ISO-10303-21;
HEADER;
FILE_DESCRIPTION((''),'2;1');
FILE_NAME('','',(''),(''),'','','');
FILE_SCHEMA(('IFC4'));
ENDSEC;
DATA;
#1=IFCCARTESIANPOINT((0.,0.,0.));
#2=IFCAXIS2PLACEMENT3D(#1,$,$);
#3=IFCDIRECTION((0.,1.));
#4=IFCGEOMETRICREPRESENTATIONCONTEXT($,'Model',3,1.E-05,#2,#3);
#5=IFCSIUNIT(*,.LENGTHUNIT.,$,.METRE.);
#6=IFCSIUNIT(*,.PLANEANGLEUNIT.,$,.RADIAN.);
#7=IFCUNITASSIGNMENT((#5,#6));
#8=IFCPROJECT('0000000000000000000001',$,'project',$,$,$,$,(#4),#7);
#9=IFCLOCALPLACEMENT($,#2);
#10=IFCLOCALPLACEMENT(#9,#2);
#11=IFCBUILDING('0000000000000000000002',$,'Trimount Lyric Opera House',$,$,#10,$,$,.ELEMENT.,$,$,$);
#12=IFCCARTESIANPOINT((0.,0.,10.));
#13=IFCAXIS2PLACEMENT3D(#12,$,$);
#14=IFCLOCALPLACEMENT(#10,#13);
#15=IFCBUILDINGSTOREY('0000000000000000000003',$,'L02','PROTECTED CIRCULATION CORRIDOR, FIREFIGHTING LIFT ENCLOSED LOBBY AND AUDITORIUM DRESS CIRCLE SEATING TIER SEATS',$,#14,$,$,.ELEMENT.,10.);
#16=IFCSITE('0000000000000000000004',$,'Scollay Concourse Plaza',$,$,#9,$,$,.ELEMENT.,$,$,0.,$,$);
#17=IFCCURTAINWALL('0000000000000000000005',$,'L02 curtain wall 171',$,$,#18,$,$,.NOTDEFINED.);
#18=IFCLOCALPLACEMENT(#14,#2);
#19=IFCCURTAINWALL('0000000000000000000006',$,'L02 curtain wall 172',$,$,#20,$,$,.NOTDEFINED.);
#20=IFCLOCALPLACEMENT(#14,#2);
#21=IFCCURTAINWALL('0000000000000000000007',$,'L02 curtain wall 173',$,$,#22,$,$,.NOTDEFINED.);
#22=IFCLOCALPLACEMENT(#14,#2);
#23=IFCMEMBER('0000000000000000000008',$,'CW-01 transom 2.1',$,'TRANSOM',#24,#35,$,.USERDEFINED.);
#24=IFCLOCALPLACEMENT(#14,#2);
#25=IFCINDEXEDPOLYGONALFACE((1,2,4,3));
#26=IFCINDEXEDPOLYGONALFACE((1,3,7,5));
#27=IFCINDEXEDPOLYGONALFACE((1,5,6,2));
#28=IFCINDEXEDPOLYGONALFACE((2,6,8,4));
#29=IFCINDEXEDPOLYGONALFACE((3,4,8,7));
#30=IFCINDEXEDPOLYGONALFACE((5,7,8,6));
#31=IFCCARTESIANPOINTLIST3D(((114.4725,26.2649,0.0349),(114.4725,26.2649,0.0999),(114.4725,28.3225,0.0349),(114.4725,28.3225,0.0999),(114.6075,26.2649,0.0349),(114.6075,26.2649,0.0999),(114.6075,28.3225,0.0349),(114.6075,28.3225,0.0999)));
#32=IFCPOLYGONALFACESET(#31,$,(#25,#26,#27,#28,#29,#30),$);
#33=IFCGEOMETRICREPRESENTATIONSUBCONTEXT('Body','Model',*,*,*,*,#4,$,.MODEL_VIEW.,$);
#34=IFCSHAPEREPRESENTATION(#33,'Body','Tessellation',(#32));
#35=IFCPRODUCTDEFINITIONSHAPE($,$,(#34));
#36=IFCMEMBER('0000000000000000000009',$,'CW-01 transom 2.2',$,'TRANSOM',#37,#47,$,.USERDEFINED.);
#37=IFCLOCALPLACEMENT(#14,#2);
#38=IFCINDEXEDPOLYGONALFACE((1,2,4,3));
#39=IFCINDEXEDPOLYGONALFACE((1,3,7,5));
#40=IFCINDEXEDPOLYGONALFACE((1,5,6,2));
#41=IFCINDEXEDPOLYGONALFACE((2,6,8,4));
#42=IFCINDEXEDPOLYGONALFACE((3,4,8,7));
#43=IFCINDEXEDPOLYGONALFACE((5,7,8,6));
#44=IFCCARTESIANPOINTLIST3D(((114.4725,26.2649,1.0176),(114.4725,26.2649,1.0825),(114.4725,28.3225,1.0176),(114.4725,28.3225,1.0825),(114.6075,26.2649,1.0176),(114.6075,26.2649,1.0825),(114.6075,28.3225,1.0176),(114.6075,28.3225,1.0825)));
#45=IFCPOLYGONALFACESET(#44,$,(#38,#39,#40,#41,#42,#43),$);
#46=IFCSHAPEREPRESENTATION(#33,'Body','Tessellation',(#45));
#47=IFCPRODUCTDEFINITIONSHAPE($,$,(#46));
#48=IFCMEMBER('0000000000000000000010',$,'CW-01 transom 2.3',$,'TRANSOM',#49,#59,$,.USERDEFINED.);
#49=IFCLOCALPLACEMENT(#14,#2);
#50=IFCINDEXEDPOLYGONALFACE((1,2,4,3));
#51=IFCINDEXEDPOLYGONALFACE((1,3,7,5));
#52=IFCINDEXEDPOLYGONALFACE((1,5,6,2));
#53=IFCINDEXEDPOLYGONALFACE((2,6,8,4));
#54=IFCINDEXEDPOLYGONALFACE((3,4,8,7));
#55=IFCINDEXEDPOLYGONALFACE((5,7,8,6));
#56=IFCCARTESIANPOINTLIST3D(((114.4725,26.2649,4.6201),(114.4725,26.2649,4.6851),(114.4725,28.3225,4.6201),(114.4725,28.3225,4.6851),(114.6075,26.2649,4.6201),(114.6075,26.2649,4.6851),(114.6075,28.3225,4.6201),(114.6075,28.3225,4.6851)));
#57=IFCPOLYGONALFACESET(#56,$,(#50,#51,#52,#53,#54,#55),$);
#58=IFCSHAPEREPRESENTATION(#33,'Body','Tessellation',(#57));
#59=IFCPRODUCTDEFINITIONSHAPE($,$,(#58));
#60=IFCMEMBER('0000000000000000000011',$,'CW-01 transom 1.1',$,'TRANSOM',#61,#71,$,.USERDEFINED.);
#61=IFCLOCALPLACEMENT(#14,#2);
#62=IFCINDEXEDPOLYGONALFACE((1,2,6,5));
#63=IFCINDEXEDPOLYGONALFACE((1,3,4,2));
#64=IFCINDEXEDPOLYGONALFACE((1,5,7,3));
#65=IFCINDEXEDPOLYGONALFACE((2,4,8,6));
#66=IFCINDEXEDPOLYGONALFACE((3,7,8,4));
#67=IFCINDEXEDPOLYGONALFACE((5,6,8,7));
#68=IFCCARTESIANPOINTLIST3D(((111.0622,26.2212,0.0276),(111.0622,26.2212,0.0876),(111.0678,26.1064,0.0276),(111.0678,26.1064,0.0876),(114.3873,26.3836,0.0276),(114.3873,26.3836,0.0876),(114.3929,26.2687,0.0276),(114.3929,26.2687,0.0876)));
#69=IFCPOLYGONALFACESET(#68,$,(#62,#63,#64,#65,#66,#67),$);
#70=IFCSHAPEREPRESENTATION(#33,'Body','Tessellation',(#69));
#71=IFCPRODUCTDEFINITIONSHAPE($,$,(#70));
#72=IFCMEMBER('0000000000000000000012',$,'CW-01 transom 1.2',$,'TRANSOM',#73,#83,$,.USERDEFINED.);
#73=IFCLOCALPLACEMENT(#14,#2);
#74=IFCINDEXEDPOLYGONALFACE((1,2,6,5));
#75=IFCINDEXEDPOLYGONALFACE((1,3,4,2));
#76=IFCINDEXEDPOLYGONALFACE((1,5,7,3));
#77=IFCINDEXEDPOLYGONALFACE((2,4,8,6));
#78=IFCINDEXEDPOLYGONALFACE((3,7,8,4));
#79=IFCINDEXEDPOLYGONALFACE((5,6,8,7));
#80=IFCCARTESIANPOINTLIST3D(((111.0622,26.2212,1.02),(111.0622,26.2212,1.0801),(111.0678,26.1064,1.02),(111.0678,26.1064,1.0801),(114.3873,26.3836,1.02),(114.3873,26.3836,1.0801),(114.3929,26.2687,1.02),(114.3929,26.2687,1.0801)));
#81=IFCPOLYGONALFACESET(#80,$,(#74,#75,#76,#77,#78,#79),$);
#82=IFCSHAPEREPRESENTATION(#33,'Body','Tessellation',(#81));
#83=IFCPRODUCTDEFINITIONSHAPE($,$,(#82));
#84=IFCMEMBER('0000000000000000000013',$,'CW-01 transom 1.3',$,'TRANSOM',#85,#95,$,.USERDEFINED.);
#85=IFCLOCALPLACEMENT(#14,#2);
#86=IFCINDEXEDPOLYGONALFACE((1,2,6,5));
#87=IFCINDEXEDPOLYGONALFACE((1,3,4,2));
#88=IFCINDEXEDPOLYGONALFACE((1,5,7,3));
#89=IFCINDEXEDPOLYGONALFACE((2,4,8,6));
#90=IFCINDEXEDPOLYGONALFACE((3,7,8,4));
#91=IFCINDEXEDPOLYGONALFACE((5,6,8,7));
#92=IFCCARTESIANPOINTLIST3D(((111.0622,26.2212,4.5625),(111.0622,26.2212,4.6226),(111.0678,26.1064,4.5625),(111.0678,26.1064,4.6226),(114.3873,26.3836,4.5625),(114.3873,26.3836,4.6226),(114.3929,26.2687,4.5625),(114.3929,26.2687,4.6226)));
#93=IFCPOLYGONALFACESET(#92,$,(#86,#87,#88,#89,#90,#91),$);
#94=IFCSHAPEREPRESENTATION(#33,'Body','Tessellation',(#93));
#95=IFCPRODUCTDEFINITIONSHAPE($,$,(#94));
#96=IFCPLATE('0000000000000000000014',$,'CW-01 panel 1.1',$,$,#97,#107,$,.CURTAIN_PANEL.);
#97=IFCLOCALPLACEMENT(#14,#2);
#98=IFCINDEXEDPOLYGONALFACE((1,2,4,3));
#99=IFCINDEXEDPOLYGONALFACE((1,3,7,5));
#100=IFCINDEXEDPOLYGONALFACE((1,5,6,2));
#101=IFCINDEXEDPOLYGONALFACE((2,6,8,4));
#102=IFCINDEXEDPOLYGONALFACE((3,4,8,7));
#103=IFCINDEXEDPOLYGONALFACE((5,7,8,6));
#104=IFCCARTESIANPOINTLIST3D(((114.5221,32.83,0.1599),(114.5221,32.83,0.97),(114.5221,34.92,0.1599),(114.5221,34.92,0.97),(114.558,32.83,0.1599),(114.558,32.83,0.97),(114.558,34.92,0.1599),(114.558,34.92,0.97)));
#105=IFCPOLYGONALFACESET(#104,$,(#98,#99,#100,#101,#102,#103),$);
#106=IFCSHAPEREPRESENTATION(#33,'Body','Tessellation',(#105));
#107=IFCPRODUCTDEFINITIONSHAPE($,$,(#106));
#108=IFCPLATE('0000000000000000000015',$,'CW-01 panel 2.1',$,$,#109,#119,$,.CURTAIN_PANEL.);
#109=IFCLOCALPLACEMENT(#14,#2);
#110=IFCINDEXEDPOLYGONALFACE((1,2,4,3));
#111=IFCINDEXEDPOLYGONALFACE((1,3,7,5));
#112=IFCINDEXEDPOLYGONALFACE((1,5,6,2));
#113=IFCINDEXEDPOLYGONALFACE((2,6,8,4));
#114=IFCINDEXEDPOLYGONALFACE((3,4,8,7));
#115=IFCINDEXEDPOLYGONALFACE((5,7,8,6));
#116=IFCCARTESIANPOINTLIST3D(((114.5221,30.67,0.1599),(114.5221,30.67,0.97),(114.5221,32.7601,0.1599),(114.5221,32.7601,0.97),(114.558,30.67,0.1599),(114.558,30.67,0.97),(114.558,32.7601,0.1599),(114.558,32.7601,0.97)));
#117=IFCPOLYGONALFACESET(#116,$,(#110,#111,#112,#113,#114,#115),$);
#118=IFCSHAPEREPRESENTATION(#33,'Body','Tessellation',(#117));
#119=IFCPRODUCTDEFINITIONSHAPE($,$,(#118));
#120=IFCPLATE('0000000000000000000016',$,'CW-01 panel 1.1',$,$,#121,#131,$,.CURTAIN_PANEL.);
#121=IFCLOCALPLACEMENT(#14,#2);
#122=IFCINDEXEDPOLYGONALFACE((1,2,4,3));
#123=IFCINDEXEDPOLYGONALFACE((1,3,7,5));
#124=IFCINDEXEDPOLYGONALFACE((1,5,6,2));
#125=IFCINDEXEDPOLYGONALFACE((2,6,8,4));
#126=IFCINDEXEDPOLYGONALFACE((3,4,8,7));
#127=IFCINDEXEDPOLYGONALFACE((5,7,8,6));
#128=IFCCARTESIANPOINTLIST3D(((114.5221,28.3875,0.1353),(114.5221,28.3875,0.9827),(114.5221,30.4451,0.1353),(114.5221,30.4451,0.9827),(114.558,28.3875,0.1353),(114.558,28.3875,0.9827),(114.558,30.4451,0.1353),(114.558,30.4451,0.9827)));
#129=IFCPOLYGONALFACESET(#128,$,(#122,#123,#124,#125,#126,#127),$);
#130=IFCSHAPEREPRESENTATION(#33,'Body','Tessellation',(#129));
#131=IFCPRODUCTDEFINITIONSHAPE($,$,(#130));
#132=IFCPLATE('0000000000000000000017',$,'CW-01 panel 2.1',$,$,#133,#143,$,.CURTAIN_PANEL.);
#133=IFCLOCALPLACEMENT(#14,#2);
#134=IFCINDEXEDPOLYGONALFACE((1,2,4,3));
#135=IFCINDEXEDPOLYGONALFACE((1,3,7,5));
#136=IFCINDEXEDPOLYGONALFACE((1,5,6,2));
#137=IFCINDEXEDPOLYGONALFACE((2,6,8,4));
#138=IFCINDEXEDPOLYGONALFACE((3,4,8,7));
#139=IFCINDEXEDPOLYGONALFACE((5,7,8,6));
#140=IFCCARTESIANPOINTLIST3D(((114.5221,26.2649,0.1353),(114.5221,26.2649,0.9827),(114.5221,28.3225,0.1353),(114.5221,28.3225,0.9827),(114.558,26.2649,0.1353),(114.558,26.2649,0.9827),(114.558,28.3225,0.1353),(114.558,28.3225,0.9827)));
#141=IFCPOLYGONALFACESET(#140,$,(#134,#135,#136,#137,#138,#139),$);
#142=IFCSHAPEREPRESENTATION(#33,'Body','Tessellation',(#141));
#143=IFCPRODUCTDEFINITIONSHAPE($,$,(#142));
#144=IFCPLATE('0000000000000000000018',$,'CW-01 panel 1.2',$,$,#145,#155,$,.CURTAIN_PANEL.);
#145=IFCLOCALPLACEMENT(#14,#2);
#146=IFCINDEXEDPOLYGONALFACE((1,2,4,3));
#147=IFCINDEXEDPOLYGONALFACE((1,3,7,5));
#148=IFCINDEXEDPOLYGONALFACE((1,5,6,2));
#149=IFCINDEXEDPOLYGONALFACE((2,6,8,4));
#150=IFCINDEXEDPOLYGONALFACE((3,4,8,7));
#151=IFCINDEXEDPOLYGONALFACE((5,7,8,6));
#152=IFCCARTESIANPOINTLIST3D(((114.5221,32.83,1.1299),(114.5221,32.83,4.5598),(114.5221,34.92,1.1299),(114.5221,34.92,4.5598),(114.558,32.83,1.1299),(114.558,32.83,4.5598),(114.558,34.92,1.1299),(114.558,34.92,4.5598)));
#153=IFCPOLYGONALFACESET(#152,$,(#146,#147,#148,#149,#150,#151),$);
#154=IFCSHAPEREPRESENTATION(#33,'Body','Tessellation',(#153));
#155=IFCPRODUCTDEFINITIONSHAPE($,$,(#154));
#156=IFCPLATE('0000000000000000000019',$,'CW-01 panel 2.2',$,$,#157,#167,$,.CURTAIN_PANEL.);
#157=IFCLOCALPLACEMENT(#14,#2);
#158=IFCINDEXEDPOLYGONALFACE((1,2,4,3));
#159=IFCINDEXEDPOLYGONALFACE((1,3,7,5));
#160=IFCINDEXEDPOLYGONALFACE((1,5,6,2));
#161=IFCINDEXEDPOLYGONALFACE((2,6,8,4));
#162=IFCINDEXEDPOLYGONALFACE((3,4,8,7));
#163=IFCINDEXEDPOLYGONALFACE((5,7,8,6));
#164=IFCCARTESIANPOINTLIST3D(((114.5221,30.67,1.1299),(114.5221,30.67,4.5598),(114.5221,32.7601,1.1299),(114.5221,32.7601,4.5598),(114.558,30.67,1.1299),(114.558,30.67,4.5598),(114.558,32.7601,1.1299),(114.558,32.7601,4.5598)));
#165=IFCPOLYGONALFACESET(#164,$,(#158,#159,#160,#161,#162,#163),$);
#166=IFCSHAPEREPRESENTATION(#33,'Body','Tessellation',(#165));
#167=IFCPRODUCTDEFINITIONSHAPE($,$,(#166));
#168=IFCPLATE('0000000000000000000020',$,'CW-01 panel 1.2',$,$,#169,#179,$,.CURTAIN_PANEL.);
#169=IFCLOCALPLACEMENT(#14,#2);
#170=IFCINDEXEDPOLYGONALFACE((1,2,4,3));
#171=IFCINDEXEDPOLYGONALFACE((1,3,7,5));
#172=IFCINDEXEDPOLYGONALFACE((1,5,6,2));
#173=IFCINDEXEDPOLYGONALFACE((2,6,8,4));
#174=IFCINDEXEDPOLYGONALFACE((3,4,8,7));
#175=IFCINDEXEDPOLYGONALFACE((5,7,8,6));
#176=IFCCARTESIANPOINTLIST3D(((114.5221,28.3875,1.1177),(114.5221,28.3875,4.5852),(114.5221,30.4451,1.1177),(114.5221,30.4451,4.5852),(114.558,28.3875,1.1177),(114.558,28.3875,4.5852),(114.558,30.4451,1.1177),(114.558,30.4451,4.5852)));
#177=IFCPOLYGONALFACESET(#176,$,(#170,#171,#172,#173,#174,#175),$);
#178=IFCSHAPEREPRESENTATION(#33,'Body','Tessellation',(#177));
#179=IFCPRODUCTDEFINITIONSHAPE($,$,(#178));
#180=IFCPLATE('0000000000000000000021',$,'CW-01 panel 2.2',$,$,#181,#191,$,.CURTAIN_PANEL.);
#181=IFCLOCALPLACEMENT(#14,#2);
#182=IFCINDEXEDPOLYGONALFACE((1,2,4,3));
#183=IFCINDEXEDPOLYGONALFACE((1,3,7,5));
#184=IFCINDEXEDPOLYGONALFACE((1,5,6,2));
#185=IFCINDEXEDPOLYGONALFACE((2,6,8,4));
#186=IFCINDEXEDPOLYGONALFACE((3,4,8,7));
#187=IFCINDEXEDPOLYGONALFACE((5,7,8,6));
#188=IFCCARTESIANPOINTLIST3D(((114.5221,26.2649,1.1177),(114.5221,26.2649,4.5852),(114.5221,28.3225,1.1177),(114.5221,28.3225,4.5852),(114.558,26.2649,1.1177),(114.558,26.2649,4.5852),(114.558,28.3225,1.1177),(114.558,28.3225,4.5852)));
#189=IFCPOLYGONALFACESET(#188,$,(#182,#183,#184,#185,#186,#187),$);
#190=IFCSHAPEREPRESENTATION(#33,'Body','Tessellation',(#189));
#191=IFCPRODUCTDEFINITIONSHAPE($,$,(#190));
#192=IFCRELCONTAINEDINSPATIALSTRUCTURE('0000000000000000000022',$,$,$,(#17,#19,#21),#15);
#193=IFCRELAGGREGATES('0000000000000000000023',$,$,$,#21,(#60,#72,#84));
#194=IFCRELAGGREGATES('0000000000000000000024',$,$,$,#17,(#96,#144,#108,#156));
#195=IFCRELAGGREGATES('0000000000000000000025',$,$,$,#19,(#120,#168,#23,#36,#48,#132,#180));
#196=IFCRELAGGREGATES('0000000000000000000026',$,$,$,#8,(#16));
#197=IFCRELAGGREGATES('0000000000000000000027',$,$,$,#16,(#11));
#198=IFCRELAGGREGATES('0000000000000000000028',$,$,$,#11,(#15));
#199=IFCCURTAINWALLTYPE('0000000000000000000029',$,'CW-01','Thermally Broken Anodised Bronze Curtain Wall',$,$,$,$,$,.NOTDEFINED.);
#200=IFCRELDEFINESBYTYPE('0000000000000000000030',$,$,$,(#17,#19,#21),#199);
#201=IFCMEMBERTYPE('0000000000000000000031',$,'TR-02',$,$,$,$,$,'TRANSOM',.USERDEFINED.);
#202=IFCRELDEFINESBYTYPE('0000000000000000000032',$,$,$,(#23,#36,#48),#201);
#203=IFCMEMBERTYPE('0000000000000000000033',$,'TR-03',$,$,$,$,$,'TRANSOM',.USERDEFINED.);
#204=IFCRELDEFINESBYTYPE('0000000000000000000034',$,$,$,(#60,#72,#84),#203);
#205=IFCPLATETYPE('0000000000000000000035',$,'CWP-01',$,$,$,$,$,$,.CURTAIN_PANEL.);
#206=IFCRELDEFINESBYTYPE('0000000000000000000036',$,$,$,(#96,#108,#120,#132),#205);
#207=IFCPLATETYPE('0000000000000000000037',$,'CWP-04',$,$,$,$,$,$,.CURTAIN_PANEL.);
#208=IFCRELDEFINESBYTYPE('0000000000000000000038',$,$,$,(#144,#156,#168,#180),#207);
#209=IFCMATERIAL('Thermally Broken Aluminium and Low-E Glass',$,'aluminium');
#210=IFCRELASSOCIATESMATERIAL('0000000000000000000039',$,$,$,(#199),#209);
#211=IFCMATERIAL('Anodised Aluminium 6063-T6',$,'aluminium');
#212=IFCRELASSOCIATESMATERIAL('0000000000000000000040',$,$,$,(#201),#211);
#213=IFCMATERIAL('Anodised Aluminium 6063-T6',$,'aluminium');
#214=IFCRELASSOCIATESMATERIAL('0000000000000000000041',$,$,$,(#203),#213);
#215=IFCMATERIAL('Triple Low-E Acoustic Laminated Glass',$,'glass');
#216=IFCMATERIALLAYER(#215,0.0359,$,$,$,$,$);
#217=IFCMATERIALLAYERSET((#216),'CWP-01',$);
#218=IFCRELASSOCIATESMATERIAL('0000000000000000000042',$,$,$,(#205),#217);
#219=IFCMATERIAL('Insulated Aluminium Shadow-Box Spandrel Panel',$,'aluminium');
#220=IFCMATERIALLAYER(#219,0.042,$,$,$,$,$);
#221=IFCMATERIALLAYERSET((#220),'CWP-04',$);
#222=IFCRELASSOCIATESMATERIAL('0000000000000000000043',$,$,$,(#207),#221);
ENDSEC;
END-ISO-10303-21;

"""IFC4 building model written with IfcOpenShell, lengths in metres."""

from ifc_helpers import new_model, si_unit, direction, frame, origin, origin_2d, place, context, subcontext, project, spatial, rectangle, extrude, material, layer, layer_set, material_profile, profile_set, type_object, element, aggregate, save


model = new_model("IFC4")

# Units and contexts
model_context = context("Model", 3, precision=1e-05, world=origin(), true_north=direction((0.0, 1.0)))
body_context = subcontext(model_context, "Body", "Model", "MODEL_VIEW")
ifc_project = project(units=[si_unit("LENGTHUNIT", "METRE"), si_unit("PLANEANGLEUNIT", "RADIAN")], contexts=[model_context])

# Site, building, storey
site_placement = place(None, origin())
site = spatial("IfcSite", under=ifc_project, at=site_placement, Name="Scollay Concourse Plaza", CompositionType="ELEMENT", RefElevation=0.0)
building_placement = place(site_placement, origin())
building = spatial("IfcBuilding", under=site, at=building_placement, Name="Trimount Lyric Opera House", CompositionType="ELEMENT")
storey_placement = place(building_placement, frame((0.0, 0.0, 10.0)))
storey = spatial("IfcBuildingStorey", under=building, at=storey_placement, Name="L02", Description="PROTECTED CIRCULATION CORRIDOR, FIREFIGHTING LIFT ENCLOSED LOBBY AND AUDITORIUM DRESS CIRCLE SEATING TIER SEATS", CompositionType="ELEMENT", Elevation=10.0)

# Curtain walls
ifc_material_1 = material(Name="Thermally Broken Aluminium and Low-E Glass", Category="aluminium")
curtain_wall_type = type_object("IfcCurtainWallType", Name="CW-01", Description="Thermally Broken Anodised Bronze Curtain Wall", PredefinedType="NOTDEFINED", material=ifc_material_1)
curtain_wall_1_placement = place(storey_placement, origin())
curtain_wall_1 = element("IfcCurtainWall", 1, at=curtain_wall_1_placement, inside=storey, type_object=curtain_wall_type, Name="L02 curtain wall 171", PredefinedType="NOTDEFINED")
curtain_wall_2_placement = place(storey_placement, origin())
curtain_wall_2 = element("IfcCurtainWall", 2, at=curtain_wall_2_placement, inside=storey, type_object=curtain_wall_type, Name="L02 curtain wall 172", PredefinedType="NOTDEFINED")

# Curtain wall
curtain_wall_3_placement = place(storey_placement, origin())
curtain_wall_3 = element("IfcCurtainWall", 3, at=curtain_wall_3_placement, inside=storey, type_object=curtain_wall_type, Name="L02 curtain wall 173", PredefinedType="NOTDEFINED")

# Members
ifc_material_2 = material(Name="Anodised Aluminium 6063-T6", Category="aluminium")
ifc_material_profile_1 = material_profile(ifc_material_2, rectangle(XDim=0.135, YDim=0.0649, at=origin_2d()), Name="ALU-TRAN-65X135")
ifc_profile_set_1 = profile_set([ifc_material_profile_1], Name="Anodised Aluminium 6063-T6")
member_type_1 = type_object("IfcMemberType", Name="TR-02", ElementType="TRANSOM", PredefinedType="USERDEFINED", material=ifc_profile_set_1)
member_1_placement = place(storey_placement, frame((114.54, 28.3225, 0.0674), z_axis=(0.0, -1.0, 0.0), x_axis=(1.0, 0.0, 0.0)))
member_1 = element("IfcMember", 4, at=member_1_placement, type_object=member_type_1, Name="CW-01 transom 2.1", ObjectType="TRANSOM", PredefinedType="USERDEFINED", context=body_context, shape_type="SweptSolid", body=[
    extrude(rectangle(XDim=0.135, YDim=0.0649, at=origin_2d()), origin(), (0.0, 0.0, 1.0), 2.0576),
])
member_2_placement = place(storey_placement, frame((114.54, 28.3225, 1.05), z_axis=(0.0, -1.0, 0.0), x_axis=(1.0, 0.0, 0.0)))
member_2 = element("IfcMember", 5, at=member_2_placement, type_object=member_type_1, Name="CW-01 transom 2.2", ObjectType="TRANSOM", PredefinedType="USERDEFINED", context=body_context, shape_type="SweptSolid", body=[
    extrude(rectangle(XDim=0.135, YDim=0.0649, at=origin_2d()), origin(), (0.0, 0.0, 1.0), 2.0576),
])
member_3_placement = place(storey_placement, frame((114.54, 28.3225, 4.6526), z_axis=(0.0, -1.0, 0.0), x_axis=(1.0, 0.0, 0.0)))
member_3 = element("IfcMember", 6, at=member_3_placement, type_object=member_type_1, Name="CW-01 transom 2.3", ObjectType="TRANSOM", PredefinedType="USERDEFINED", context=body_context, shape_type="SweptSolid", body=[
    extrude(rectangle(XDim=0.135, YDim=0.0649, at=origin_2d()), origin(), (0.0, 0.0, 1.0), 2.0576),
])
ifc_material_3 = material(Name="Anodised Aluminium 6063-T6", Category="aluminium")
ifc_material_profile_2 = material_profile(ifc_material_3, rectangle(XDim=0.115, YDim=0.0601, at=origin_2d()), Name="ALU-TRAN-60X115")
ifc_profile_set_2 = profile_set([ifc_material_profile_2], Name="Anodised Aluminium 6063-T6")
member_type_2 = type_object("IfcMemberType", Name="TR-03", ElementType="TRANSOM", PredefinedType="USERDEFINED", material=ifc_profile_set_2)
member_4_placement = place(storey_placement, frame((114.3901, 26.3262, 0.0576), z_axis=(-0.99881, -0.048767, 0.0), x_axis=(0.048767, -0.99881, 0.0)))
member_4 = element("IfcMember", 7, at=member_4_placement, type_object=member_type_2, Name="CW-01 transom 1.1", ObjectType="TRANSOM", PredefinedType="USERDEFINED", context=body_context, shape_type="SweptSolid", body=[
    extrude(rectangle(XDim=0.115, YDim=0.0601, at=origin_2d()), origin(), (0.0, 0.0, 1.0), 3.3291),
])
member_5_placement = place(storey_placement, frame((114.3901, 26.3262, 1.05), z_axis=(-0.99881, -0.048767, 0.0), x_axis=(0.048767, -0.99881, 0.0)))
member_5 = element("IfcMember", 8, at=member_5_placement, type_object=member_type_2, Name="CW-01 transom 1.2", ObjectType="TRANSOM", PredefinedType="USERDEFINED", context=body_context, shape_type="SweptSolid", body=[
    extrude(rectangle(XDim=0.115, YDim=0.0601, at=origin_2d()), origin(), (0.0, 0.0, 1.0), 3.3291),
])
member_6_placement = place(storey_placement, frame((114.3901, 26.3262, 4.5925), z_axis=(-0.99881, -0.048767, 0.0), x_axis=(0.048767, -0.99881, 0.0)))
member_6 = element("IfcMember", 9, at=member_6_placement, type_object=member_type_2, Name="CW-01 transom 1.3", ObjectType="TRANSOM", PredefinedType="USERDEFINED", context=body_context, shape_type="SweptSolid", body=[
    extrude(rectangle(XDim=0.115, YDim=0.0601, at=origin_2d()), origin(), (0.0, 0.0, 1.0), 3.3291),
])
aggregate(curtain_wall_3, [member_4, member_5, member_6])

# Plates
ifc_material_4 = material(Name="Triple Low-E Acoustic Laminated Glass", Category="glass")
ifc_layer_1 = layer(ifc_material_4, 0.0359)
ifc_layer_set_1 = layer_set([ifc_layer_1], Name="CWP-01")
plate_type_1 = type_object("IfcPlateType", Name="CWP-01", PredefinedType="CURTAIN_PANEL", material=ifc_layer_set_1)
plate_1_placement = place(storey_placement, frame((114.54, 33.875, 0.1599), z_axis=(0.0, 0.0, 1.0), x_axis=(0.0, -1.0, 0.0)))
plate_1 = element("IfcPlate", 10, at=plate_1_placement, type_object=plate_type_1, Name="CW-01 panel 1.1", PredefinedType="CURTAIN_PANEL", context=body_context, shape_type="SweptSolid", body=[
    extrude(rectangle(XDim=2.0901, YDim=0.0359, at=origin_2d()), origin(), (0.0, 0.0, 1.0), 0.8101),
])
plate_2_placement = place(storey_placement, frame((114.54, 31.7151, 0.1599), z_axis=(0.0, 0.0, 1.0), x_axis=(0.0, -1.0, 0.0)))
plate_2 = element("IfcPlate", 11, at=plate_2_placement, type_object=plate_type_1, Name="CW-01 panel 2.1", PredefinedType="CURTAIN_PANEL", context=body_context, shape_type="SweptSolid", body=[
    extrude(rectangle(XDim=2.0901, YDim=0.0359, at=origin_2d()), origin(), (0.0, 0.0, 1.0), 0.8101),
])
plate_3_placement = place(storey_placement, frame((114.54, 29.4163, 0.1353), z_axis=(0.0, 0.0, 1.0), x_axis=(0.0, -1.0, 0.0)))
plate_3 = element("IfcPlate", 12, at=plate_3_placement, type_object=plate_type_1, Name="CW-01 panel 1.1", PredefinedType="CURTAIN_PANEL", context=body_context, shape_type="SweptSolid", body=[
    extrude(rectangle(XDim=2.0576, YDim=0.0359, at=origin_2d()), origin(), (0.0, 0.0, 1.0), 0.8474),
])
plate_4_placement = place(storey_placement, frame((114.54, 27.2937, 0.1353), z_axis=(0.0, 0.0, 1.0), x_axis=(0.0, -1.0, 0.0)))
plate_4 = element("IfcPlate", 13, at=plate_4_placement, type_object=plate_type_1, Name="CW-01 panel 2.1", PredefinedType="CURTAIN_PANEL", context=body_context, shape_type="SweptSolid", body=[
    extrude(rectangle(XDim=2.0576, YDim=0.0359, at=origin_2d()), origin(), (0.0, 0.0, 1.0), 0.8474),
])
ifc_material_5 = material(Name="Insulated Aluminium Shadow-Box Spandrel Panel", Category="aluminium")
ifc_layer_2 = layer(ifc_material_5, 0.042)
ifc_layer_set_2 = layer_set([ifc_layer_2], Name="CWP-04")
plate_type_2 = type_object("IfcPlateType", Name="CWP-04", PredefinedType="CURTAIN_PANEL", material=ifc_layer_set_2)
plate_5_placement = place(storey_placement, frame((114.54, 33.875, 1.1299), z_axis=(0.0, 0.0, 1.0), x_axis=(0.0, -1.0, 0.0)))
plate_5 = element("IfcPlate", 14, at=plate_5_placement, type_object=plate_type_2, Name="CW-01 panel 1.2", PredefinedType="CURTAIN_PANEL", context=body_context, shape_type="SweptSolid", body=[
    extrude(rectangle(XDim=2.0901, YDim=0.0359, at=origin_2d()), origin(), (0.0, 0.0, 1.0), 3.4299),
])
plate_6_placement = place(storey_placement, frame((114.54, 31.7151, 1.1299), z_axis=(0.0, 0.0, 1.0), x_axis=(0.0, -1.0, 0.0)))
plate_6 = element("IfcPlate", 15, at=plate_6_placement, type_object=plate_type_2, Name="CW-01 panel 2.2", PredefinedType="CURTAIN_PANEL", context=body_context, shape_type="SweptSolid", body=[
    extrude(rectangle(XDim=2.0901, YDim=0.0359, at=origin_2d()), origin(), (0.0, 0.0, 1.0), 3.4299),
])
aggregate(curtain_wall_1, [plate_1, plate_5, plate_2, plate_6])
plate_7_placement = place(storey_placement, frame((114.54, 29.4163, 1.1177), z_axis=(0.0, 0.0, 1.0), x_axis=(0.0, -1.0, 0.0)))
plate_7 = element("IfcPlate", 16, at=plate_7_placement, type_object=plate_type_2, Name="CW-01 panel 1.2", PredefinedType="CURTAIN_PANEL", context=body_context, shape_type="SweptSolid", body=[
    extrude(rectangle(XDim=2.0576, YDim=0.0359, at=origin_2d()), origin(), (0.0, 0.0, 1.0), 3.4675),
])
plate_8_placement = place(storey_placement, frame((114.54, 27.2937, 1.1177), z_axis=(0.0, 0.0, 1.0), x_axis=(0.0, -1.0, 0.0)))
plate_8 = element("IfcPlate", 17, at=plate_8_placement, type_object=plate_type_2, Name="CW-01 panel 2.2", PredefinedType="CURTAIN_PANEL", context=body_context, shape_type="SweptSolid", body=[
    extrude(rectangle(XDim=2.0576, YDim=0.0359, at=origin_2d()), origin(), (0.0, 0.0, 1.0), 3.4675),
])
aggregate(curtain_wall_2, [plate_3, plate_7, member_1, member_2, member_3, plate_4, plate_8])

save(model, "model.ifc")
